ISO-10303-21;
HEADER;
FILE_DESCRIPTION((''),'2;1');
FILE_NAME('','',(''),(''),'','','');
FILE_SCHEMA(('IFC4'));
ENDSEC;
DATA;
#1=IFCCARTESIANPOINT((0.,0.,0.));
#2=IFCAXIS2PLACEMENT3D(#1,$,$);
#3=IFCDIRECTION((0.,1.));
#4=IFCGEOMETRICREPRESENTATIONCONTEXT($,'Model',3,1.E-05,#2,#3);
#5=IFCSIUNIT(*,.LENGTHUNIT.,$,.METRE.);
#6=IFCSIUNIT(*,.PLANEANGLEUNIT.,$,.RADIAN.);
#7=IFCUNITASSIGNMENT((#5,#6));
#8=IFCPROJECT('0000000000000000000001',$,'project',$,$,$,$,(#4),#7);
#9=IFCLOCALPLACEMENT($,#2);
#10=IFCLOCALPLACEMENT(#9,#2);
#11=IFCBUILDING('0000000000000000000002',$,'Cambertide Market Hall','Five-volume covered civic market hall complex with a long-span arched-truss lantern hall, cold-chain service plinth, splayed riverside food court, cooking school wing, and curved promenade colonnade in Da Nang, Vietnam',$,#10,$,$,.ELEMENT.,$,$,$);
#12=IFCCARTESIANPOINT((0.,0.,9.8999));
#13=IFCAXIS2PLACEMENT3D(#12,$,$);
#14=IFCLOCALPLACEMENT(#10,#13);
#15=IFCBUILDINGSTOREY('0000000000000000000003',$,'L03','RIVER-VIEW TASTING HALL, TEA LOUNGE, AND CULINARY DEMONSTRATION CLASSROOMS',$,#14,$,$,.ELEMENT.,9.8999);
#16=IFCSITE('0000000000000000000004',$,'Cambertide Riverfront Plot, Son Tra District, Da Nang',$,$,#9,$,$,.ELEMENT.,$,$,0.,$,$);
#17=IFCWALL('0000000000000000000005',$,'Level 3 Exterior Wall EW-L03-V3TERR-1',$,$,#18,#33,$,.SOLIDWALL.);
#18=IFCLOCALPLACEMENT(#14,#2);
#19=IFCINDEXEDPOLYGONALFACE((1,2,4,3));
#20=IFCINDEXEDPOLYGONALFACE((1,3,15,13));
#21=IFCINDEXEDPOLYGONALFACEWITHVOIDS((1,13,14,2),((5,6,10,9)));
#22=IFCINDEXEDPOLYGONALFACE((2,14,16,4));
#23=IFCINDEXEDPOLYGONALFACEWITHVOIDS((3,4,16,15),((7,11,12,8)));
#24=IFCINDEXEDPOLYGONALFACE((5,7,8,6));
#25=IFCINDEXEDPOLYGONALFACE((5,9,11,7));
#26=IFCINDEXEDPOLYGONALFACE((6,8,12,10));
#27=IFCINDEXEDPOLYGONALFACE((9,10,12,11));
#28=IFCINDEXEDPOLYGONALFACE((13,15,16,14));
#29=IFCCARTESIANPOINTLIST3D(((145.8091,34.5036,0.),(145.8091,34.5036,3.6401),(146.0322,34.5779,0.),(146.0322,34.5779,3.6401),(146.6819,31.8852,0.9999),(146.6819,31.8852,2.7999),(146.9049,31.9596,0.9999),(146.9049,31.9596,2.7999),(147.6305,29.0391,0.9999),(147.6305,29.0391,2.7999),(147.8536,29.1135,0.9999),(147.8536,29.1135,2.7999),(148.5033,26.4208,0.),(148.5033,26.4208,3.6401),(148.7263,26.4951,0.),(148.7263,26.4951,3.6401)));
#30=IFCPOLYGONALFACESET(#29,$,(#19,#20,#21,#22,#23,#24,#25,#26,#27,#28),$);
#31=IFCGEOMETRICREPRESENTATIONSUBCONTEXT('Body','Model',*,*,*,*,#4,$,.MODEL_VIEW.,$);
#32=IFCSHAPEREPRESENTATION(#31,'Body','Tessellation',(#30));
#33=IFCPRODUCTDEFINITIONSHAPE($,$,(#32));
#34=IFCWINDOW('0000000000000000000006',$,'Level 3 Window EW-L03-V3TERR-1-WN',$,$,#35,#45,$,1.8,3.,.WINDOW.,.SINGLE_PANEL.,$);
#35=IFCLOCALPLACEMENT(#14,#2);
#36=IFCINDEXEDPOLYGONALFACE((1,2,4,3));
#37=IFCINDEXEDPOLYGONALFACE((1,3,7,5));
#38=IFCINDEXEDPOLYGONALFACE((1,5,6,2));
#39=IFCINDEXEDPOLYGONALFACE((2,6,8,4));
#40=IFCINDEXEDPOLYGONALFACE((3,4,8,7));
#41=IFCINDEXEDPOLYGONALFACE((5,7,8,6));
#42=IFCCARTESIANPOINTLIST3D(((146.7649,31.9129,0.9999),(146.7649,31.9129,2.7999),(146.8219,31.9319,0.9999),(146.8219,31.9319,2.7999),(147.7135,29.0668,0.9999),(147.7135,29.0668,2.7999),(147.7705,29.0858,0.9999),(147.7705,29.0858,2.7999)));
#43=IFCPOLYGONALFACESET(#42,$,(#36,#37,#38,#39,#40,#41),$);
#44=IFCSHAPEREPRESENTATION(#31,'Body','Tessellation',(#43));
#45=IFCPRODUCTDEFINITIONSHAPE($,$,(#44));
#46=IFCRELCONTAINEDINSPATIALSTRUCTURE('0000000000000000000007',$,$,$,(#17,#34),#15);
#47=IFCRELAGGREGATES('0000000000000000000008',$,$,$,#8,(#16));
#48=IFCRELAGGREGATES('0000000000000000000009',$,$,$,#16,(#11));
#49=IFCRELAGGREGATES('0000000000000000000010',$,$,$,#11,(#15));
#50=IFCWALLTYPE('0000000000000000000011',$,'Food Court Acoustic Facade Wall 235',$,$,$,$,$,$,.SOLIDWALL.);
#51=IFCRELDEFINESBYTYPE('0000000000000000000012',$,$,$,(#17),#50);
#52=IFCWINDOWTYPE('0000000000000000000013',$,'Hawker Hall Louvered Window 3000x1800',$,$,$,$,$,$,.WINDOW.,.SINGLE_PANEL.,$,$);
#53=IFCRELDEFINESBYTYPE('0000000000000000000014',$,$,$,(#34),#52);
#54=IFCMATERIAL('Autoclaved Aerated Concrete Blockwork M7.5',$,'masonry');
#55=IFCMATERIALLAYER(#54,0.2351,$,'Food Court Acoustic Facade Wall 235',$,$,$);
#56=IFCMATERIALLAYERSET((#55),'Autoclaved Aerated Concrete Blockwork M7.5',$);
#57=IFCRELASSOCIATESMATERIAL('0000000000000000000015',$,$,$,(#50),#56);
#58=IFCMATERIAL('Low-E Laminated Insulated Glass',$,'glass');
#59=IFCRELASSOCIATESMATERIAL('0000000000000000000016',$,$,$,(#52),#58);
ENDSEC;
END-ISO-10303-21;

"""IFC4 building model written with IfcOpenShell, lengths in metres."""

from ifc_helpers import new_model, si_unit, direction, frame, frame_2d, origin, place, context, subcontext, project, spatial, rectangle, extrude, material, layer, layer_set, type_object, element, fill, save


model = new_model("IFC4")

# Units and contexts
model_context = context("Model", 3, precision=1e-05, world=origin(), true_north=direction((0.0, 1.0)))
body_context = subcontext(model_context, "Body", "Model", "MODEL_VIEW")
ifc_project = project(units=[si_unit("LENGTHUNIT", "METRE"), si_unit("PLANEANGLEUNIT", "RADIAN")], contexts=[model_context])

# Site, building, storey
site_placement = place(None, origin())
site = spatial("IfcSite", under=ifc_project, at=site_placement, Name="Cambertide Riverfront Plot, Son Tra District, Da Nang", CompositionType="ELEMENT", RefElevation=0.0)
building_placement = place(site_placement, origin())
building = spatial("IfcBuilding", under=site, at=building_placement, Name="Cambertide Market Hall", Description="Five-volume covered civic market hall complex with a long-span arched-truss lantern hall, cold-chain service plinth, splayed riverside food court, cooking school wing, and curved promenade colonnade in Da Nang, Vietnam", CompositionType="ELEMENT")
storey_placement = place(building_placement, frame((0.0, 0.0, 9.8999)))
storey = spatial("IfcBuildingStorey", under=building, at=storey_placement, Name="L03", Description="RIVER-VIEW TASTING HALL, TEA LOUNGE, AND CULINARY DEMONSTRATION CLASSROOMS", CompositionType="ELEMENT", Elevation=9.8999)

# Wall, opening, window
ifc_material_1 = material(Name="Autoclaved Aerated Concrete Blockwork M7.5", Category="masonry")
ifc_layer = layer(ifc_material_1, 0.2351, Name="Food Court Acoustic Facade Wall 235")
ifc_layer_set = layer_set([ifc_layer], Name="Autoclaved Aerated Concrete Blockwork M7.5")
wall_type = type_object("IfcWallType", Name="Food Court Acoustic Facade Wall 235", PredefinedType="SOLIDWALL", material=ifc_layer_set)
wall_placement = place(storey_placement, frame((145.9207, 34.5408, 0.0), z_axis=(0.0, 0.0, 1.0), x_axis=(0.316211, -0.948689, 0.0)))
wall = element("IfcWall", 1, at=wall_placement, inside=storey, type_object=wall_type, Name="Level 3 Exterior Wall EW-L03-V3TERR-1", PredefinedType="SOLIDWALL", context=body_context, shape_type="SweptSolid", body=[
    extrude(rectangle(XDim=8.52, YDim=0.2351, at=frame_2d((4.26, 0.0))), origin(), (0.0, 0.0, 1.0), 3.6401),
])
opening_placement = place(wall_placement, frame((2.76, 0.0, 1.0)))
opening = element("IfcOpeningElement", 2, at=opening_placement, cuts=wall, PredefinedType="OPENING", context=body_context, shape_type="SweptSolid", body=[
    extrude(rectangle(XDim=3.0, YDim=1.8, at=frame_2d((1.5, 0.8999))), frame((0.0, 0.1274, 0.0), z_axis=(0.0, -1.0, 0.0), x_axis=(1.0, 0.0, 0.0)), (0.0, 0.0, 1.0), 0.2551),
])
ifc_material_2 = material(Name="Low-E Laminated Insulated Glass", Category="glass")
window_type = type_object("IfcWindowType", Name="Hawker Hall Louvered Window 3000x1800", PartitioningType="SINGLE_PANEL", PredefinedType="WINDOW", material=ifc_material_2)
window_placement = place(opening_placement, origin())
window = element("IfcWindow", 3, at=window_placement, inside=storey, type_object=window_type, Name="Level 3 Window EW-L03-V3TERR-1-WN", OverallHeight=1.8, OverallWidth=3.0, PartitioningType="SINGLE_PANEL", PredefinedType="WINDOW", context=body_context, shape_type="SweptSolid", body=[
    extrude(rectangle(XDim=3.0, YDim=1.8, at=frame_2d((1.5, 0.8999))), frame((0.0, 0.03, 0.0), z_axis=(0.0, -1.0, 0.0), x_axis=(1.0, 0.0, 0.0)), (0.0, 0.0, 1.0), 0.0601),
])
fill(opening, window)

save(model, "model.ifc")
